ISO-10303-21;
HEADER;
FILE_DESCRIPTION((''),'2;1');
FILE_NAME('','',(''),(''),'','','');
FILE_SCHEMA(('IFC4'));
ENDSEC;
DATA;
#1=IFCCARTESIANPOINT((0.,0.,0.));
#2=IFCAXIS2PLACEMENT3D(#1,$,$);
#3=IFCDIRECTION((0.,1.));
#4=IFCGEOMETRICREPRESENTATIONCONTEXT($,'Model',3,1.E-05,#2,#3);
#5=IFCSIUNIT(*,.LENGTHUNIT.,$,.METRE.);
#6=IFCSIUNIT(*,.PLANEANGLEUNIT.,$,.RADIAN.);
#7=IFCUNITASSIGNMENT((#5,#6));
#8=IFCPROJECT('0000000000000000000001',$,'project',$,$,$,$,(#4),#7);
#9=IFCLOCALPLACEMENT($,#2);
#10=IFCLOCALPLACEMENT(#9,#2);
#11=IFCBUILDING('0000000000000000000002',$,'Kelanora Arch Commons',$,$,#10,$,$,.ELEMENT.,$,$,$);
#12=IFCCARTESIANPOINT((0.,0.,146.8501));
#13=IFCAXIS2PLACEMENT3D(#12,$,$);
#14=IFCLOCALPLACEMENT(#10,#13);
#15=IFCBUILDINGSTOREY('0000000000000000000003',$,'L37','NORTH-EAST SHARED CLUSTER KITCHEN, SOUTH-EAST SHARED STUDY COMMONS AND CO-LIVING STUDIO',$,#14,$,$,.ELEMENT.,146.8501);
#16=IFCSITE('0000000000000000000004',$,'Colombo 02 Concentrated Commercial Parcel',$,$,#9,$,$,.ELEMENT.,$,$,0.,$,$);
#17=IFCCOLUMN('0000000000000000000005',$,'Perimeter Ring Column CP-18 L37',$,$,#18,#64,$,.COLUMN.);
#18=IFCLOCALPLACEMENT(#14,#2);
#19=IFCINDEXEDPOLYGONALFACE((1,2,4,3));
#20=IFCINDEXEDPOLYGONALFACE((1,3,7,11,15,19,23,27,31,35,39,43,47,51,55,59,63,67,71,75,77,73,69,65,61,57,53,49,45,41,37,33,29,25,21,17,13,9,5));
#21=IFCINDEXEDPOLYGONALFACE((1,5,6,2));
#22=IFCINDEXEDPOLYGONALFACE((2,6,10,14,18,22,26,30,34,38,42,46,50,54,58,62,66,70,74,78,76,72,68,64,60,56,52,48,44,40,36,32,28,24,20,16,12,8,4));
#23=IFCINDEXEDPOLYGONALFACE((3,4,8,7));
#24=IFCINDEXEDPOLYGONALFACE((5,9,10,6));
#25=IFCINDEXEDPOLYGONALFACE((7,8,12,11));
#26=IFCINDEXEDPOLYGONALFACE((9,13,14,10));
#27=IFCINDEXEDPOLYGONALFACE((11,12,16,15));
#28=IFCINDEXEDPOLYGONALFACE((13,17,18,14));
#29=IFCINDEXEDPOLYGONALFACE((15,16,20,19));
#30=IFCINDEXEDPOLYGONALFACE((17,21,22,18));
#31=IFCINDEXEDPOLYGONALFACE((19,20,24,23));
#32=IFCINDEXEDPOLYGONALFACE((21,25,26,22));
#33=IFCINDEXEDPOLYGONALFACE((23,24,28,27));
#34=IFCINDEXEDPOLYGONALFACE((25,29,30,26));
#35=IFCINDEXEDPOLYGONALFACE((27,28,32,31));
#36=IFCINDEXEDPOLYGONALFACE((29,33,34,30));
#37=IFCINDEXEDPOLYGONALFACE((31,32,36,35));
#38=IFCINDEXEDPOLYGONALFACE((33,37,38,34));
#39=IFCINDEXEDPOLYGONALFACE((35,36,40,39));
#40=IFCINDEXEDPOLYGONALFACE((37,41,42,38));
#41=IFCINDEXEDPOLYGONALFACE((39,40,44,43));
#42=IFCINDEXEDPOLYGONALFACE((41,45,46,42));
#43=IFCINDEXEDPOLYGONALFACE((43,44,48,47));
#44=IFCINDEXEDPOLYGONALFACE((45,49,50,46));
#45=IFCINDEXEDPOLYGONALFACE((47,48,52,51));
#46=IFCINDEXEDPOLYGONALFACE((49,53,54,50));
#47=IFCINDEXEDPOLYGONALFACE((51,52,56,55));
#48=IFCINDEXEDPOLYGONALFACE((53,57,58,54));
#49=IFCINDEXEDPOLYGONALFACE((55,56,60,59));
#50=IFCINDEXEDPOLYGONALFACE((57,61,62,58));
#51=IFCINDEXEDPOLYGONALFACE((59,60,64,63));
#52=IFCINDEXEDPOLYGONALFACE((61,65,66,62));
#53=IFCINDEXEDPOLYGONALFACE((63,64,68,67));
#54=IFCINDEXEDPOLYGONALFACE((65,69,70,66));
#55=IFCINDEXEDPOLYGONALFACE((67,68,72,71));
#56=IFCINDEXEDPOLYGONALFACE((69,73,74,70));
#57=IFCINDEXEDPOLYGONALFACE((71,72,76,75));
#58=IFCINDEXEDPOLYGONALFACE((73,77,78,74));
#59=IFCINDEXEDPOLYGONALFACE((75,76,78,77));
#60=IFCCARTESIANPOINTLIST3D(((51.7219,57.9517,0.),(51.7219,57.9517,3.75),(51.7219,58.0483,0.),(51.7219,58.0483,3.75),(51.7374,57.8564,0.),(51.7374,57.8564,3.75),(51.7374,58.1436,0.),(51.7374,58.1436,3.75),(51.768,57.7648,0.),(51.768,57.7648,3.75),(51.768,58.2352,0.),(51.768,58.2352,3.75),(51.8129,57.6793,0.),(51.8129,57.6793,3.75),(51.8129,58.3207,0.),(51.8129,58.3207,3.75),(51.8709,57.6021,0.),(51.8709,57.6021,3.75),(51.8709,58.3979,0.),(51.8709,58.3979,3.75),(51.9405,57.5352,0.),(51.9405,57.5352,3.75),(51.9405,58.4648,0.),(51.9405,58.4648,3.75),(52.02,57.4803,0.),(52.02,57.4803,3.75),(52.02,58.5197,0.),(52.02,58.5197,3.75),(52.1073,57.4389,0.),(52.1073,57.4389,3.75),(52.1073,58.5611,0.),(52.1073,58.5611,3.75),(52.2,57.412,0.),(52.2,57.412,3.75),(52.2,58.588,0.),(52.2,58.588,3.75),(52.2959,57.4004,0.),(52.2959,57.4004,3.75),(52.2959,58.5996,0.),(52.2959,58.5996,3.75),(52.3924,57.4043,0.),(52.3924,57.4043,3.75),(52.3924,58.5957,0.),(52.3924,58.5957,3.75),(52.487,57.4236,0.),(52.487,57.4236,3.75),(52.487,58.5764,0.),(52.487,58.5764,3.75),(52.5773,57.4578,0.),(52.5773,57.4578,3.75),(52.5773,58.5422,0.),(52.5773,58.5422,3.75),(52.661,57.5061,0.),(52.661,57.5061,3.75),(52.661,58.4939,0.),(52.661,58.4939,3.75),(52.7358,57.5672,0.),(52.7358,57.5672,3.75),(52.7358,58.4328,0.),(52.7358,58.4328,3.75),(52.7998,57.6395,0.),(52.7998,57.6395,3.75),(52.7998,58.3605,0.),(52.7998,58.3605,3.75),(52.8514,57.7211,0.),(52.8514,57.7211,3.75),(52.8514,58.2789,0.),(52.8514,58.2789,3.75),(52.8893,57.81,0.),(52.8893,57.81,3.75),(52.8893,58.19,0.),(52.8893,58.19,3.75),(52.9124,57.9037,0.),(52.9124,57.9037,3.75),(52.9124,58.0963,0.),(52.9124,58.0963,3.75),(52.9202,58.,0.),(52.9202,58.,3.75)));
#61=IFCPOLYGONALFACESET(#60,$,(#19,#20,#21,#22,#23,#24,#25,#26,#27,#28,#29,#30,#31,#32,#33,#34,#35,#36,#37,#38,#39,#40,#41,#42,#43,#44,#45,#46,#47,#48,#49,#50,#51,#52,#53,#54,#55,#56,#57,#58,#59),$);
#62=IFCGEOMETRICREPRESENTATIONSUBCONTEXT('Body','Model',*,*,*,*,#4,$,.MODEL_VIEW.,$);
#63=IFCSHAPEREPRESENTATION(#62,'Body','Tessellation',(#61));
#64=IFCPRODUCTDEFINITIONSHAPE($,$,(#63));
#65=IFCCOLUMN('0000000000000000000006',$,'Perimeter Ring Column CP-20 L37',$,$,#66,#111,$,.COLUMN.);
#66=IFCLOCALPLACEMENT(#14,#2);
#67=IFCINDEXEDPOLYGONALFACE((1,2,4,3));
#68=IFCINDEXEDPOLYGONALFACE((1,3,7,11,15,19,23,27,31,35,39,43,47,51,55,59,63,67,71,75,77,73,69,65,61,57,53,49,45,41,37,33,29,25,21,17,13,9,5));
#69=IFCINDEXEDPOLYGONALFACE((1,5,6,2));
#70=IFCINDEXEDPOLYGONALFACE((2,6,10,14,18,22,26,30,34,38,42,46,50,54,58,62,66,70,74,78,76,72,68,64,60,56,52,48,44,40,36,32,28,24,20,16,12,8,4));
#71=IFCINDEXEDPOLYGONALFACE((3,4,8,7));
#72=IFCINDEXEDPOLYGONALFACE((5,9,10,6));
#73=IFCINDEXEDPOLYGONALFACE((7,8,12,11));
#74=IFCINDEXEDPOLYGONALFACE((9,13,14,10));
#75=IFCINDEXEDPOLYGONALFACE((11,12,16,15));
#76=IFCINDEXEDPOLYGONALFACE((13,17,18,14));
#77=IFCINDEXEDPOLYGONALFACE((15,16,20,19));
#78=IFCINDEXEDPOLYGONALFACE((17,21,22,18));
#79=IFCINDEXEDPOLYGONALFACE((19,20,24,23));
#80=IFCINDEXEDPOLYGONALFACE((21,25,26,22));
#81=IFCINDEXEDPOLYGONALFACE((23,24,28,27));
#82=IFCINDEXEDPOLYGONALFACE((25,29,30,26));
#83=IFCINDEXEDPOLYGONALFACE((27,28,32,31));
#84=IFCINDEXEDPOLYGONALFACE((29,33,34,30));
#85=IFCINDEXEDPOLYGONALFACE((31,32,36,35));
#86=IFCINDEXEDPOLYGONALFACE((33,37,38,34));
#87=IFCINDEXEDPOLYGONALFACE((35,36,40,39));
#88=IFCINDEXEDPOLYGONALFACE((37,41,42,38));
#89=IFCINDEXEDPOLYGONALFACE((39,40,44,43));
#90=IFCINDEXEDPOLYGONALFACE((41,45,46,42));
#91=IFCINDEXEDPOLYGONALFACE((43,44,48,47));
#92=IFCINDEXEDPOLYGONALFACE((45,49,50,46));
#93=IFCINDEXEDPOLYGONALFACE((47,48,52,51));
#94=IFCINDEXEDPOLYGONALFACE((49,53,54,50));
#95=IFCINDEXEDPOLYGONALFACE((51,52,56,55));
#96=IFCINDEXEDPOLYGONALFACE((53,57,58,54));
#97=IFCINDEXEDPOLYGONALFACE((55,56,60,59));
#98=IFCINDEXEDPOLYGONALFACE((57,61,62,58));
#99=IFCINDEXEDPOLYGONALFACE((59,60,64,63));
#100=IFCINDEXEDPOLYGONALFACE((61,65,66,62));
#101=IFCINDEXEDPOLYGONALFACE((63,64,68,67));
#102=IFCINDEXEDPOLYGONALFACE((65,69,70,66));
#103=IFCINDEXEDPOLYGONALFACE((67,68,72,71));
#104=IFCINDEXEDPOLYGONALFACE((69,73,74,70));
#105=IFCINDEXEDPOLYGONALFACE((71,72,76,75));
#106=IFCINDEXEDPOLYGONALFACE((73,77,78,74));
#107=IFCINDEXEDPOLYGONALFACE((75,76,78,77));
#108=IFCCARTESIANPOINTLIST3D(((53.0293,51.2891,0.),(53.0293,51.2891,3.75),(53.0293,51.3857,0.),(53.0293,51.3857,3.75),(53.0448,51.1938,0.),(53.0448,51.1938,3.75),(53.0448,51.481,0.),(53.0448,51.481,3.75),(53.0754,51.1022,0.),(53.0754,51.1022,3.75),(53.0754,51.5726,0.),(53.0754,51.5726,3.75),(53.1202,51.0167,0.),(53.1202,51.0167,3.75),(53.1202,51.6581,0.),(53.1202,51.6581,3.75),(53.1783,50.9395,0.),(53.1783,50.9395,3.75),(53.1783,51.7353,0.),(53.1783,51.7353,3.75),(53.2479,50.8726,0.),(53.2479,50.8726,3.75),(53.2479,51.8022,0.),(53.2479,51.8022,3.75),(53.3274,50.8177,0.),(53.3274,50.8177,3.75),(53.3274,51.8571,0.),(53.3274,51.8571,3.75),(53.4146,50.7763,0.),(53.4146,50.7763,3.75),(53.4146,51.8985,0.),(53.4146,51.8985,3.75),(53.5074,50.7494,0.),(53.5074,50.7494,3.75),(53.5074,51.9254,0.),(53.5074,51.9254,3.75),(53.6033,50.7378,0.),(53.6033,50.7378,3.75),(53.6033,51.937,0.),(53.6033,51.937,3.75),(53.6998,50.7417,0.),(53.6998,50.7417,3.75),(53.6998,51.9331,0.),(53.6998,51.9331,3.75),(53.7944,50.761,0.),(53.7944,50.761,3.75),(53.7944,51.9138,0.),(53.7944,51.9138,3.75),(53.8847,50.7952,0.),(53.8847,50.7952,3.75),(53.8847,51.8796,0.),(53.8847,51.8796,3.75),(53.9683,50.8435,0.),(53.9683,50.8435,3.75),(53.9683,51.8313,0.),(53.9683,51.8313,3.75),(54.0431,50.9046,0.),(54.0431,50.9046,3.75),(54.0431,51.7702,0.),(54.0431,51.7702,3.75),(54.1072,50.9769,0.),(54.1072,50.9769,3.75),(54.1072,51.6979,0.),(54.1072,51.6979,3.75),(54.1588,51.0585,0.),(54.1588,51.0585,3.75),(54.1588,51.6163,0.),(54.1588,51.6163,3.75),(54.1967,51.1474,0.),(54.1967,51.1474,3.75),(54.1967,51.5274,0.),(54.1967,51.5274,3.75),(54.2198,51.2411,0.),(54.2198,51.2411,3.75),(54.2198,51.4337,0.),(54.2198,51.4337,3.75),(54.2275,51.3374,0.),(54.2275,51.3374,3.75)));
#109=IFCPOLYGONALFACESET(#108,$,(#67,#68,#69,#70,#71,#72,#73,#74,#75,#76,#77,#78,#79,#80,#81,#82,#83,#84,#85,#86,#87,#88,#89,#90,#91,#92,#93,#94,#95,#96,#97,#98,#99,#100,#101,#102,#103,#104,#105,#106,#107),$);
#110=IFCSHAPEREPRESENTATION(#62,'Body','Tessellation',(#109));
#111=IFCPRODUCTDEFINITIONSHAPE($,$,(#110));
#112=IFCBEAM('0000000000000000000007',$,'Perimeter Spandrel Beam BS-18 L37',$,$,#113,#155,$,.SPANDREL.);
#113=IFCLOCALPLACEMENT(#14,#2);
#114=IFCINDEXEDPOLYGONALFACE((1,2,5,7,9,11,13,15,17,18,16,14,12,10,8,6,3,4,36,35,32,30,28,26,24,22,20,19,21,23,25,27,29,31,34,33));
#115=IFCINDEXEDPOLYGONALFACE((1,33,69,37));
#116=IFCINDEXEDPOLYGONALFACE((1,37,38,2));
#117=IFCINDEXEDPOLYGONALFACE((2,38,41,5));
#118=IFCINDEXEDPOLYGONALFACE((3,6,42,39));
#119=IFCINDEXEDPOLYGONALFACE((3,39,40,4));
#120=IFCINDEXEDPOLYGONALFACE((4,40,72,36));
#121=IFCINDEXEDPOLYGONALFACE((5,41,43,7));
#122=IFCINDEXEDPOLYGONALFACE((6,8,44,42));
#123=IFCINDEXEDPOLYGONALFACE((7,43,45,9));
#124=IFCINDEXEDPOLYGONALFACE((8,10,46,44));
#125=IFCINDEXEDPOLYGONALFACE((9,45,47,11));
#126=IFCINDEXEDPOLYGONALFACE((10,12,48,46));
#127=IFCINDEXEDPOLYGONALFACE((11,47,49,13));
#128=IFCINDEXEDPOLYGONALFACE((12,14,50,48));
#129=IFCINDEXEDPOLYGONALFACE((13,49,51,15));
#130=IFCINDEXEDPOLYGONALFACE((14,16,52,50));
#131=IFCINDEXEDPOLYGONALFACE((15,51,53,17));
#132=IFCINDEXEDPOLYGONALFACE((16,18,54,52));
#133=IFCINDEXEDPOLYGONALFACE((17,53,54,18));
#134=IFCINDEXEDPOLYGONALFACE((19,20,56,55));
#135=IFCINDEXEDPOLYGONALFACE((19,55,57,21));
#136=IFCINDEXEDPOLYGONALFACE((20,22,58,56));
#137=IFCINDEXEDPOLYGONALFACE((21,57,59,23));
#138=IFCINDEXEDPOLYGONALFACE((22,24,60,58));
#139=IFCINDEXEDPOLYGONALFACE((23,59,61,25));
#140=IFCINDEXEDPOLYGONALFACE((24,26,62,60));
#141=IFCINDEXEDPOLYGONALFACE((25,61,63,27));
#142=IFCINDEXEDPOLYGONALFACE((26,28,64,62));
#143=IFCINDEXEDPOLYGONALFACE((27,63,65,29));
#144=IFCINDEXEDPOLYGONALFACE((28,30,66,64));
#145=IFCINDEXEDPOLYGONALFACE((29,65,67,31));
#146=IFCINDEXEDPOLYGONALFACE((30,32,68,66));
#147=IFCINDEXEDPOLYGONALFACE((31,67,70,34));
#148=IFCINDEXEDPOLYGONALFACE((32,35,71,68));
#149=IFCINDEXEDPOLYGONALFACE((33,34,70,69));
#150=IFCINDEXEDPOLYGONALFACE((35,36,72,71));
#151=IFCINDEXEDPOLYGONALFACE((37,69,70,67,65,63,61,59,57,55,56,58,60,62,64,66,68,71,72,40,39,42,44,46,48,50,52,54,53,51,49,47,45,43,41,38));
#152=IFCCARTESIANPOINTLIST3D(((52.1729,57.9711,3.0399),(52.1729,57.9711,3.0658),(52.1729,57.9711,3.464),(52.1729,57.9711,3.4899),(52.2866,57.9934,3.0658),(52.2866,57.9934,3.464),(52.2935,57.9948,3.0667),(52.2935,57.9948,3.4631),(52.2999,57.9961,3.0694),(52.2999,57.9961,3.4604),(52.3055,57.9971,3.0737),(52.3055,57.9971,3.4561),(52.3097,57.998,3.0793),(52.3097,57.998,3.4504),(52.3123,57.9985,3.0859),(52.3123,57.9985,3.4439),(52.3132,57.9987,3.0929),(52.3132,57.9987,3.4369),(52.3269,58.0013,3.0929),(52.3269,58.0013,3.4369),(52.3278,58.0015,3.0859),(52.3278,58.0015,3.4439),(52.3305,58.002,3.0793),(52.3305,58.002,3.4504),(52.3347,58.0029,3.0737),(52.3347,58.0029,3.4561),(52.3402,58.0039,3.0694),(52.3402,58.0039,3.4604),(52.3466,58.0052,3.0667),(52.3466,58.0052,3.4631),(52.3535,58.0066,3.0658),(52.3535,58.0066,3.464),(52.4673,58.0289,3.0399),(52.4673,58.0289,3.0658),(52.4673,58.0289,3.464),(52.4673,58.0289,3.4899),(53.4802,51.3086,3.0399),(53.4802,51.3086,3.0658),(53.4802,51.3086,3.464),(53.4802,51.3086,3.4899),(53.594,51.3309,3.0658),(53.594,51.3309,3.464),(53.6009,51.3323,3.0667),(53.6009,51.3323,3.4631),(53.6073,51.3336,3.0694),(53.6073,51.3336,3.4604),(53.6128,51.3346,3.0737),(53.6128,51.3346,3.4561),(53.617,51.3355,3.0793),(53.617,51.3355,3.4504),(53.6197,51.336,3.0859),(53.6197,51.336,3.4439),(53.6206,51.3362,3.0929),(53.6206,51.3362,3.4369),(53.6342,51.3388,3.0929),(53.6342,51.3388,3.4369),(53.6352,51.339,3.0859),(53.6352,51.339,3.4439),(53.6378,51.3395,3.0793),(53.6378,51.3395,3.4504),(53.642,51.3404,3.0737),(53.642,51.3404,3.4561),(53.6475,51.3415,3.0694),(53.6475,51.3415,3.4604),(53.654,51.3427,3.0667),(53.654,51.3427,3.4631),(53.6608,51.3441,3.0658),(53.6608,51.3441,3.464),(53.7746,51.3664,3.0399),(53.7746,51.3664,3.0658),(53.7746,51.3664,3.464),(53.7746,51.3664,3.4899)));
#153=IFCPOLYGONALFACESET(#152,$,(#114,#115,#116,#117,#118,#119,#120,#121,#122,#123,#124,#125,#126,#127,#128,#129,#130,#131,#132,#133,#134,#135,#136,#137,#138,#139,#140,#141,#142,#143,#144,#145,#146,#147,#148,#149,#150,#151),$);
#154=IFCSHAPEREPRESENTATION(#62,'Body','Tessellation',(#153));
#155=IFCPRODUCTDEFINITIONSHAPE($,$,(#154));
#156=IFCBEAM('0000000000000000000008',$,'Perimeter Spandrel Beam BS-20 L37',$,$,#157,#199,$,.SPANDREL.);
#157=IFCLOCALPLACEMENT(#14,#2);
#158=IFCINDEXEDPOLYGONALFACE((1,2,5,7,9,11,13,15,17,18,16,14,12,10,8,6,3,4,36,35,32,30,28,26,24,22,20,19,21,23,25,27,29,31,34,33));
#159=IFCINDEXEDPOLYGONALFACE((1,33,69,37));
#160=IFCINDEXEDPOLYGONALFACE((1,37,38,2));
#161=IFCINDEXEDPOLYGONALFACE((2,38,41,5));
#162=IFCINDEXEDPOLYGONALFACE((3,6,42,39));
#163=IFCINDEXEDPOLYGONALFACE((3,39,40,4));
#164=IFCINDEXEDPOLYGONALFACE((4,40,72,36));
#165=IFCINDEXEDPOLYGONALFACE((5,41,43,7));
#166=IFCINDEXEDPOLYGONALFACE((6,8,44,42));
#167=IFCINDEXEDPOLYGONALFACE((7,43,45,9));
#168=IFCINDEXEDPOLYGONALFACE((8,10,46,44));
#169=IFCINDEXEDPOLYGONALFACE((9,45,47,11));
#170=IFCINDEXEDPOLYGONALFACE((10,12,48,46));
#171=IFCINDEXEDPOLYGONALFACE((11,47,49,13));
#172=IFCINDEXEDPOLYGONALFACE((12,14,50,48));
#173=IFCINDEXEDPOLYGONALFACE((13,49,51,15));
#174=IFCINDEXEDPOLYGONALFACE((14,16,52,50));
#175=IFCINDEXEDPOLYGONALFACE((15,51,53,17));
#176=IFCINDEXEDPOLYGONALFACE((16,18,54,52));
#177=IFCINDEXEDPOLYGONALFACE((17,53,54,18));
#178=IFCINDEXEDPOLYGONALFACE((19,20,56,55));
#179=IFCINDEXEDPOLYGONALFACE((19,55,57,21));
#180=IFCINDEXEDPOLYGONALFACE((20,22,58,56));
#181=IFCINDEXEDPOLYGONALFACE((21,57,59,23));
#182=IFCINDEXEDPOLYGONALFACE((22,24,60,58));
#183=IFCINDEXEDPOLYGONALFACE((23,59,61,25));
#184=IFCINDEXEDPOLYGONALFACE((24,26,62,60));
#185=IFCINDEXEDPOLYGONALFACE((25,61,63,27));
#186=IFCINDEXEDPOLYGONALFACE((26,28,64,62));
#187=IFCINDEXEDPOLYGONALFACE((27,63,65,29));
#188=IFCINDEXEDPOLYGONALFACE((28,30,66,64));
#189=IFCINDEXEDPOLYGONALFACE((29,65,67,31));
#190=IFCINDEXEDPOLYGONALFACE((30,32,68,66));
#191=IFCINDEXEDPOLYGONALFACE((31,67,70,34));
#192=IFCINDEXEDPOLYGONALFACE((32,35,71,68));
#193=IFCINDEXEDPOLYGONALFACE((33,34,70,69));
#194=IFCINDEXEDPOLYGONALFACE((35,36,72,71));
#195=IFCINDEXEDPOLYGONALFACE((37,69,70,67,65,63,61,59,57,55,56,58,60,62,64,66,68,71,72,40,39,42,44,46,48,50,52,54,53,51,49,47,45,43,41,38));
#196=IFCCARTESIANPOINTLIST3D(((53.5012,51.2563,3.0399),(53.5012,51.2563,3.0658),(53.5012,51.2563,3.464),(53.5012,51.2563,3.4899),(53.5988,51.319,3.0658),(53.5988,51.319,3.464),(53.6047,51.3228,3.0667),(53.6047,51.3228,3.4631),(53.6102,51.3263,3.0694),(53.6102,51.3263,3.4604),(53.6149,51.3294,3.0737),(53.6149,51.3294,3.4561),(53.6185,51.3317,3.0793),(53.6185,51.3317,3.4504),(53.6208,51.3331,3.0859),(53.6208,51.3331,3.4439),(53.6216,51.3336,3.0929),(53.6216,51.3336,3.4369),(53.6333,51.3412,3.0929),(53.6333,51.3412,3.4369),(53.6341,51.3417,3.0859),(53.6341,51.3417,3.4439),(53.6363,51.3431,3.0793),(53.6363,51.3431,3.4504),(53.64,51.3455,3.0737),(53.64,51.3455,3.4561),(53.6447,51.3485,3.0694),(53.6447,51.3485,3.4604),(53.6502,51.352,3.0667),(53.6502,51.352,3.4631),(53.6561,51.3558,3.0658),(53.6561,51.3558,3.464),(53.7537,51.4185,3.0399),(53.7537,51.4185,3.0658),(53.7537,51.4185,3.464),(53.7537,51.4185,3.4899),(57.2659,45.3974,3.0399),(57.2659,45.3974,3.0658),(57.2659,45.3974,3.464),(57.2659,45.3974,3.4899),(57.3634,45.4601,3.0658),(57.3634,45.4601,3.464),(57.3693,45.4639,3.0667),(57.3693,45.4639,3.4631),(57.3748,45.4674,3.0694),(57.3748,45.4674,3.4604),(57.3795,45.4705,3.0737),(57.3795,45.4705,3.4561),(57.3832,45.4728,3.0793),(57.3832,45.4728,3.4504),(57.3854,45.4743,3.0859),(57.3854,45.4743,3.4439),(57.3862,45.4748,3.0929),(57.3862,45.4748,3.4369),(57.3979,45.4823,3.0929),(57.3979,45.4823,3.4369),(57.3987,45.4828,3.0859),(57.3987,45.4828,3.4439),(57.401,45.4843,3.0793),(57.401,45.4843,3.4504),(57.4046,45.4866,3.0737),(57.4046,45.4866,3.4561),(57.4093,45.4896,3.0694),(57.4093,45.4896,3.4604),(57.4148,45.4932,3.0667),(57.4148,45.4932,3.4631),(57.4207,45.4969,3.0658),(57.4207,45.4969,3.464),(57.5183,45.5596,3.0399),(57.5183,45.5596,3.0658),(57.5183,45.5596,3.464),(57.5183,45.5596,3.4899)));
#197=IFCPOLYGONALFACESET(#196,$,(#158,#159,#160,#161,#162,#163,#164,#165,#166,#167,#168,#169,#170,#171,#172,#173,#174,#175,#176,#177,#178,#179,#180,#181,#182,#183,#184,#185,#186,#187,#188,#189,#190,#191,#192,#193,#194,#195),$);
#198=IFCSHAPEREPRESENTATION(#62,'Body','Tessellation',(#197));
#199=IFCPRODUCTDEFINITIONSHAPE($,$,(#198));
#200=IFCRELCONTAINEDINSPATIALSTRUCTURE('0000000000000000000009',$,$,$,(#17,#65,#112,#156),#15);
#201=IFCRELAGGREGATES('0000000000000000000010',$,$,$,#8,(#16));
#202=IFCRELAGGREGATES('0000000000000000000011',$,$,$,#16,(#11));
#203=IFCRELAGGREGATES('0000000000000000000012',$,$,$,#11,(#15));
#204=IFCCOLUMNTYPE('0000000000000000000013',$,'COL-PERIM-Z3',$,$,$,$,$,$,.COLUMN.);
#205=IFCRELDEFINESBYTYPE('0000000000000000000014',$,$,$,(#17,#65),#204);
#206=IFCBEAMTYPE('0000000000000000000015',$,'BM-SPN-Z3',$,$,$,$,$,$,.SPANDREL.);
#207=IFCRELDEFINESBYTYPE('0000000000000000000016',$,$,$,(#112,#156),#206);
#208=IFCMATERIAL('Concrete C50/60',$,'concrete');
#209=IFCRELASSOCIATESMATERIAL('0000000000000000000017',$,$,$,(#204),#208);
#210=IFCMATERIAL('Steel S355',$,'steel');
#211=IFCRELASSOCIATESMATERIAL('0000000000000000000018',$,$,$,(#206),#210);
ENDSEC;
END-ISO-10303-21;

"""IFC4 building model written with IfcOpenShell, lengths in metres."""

from ifc_helpers import new_model, si_unit, direction, frame, origin, origin_2d, place, context, subcontext, project, spatial, circle, i_section, extrude, material, material_profile, profile_set, type_object, element, save


model = new_model("IFC4")

# Units and contexts
model_context = context("Model", 3, precision=1e-05, world=origin(), true_north=direction((0.0, 1.0)))
body_context = subcontext(model_context, "Body", "Model", "MODEL_VIEW")
ifc_project = project(units=[si_unit("LENGTHUNIT", "METRE"), si_unit("PLANEANGLEUNIT", "RADIAN")], contexts=[model_context])

# Site, building, storey
site_placement = place(None, origin())
site = spatial("IfcSite", under=ifc_project, at=site_placement, Name="Colombo 02 Concentrated Commercial Parcel", CompositionType="ELEMENT", RefElevation=0.0)
building_placement = place(site_placement, origin())
building = spatial("IfcBuilding", under=site, at=building_placement, Name="Kelanora Arch Commons", CompositionType="ELEMENT")
storey_placement = place(building_placement, frame((0.0, 0.0, 146.8501)))
storey = spatial("IfcBuildingStorey", under=building, at=storey_placement, Name="L37", Description="NORTH-EAST SHARED CLUSTER KITCHEN, SOUTH-EAST SHARED STUDY COMMONS AND CO-LIVING STUDIO", CompositionType="ELEMENT", Elevation=146.8501)

# Columns
ifc_material_1 = material(Name="Concrete C50/60", Category="concrete")
ifc_material_profile_1 = material_profile(ifc_material_1, circle(Radius=0.6001, at=origin_2d()), Name="RCC1200")
ifc_profile_set_1 = profile_set([ifc_material_profile_1], Name="Concrete C50/60")
column_type = type_object("IfcColumnType", Name="COL-PERIM-Z3", PredefinedType="COLUMN", material=ifc_profile_set_1)
for number, where, z_axis, x_axis, name in (
    (1, (52.3201, 58.0, 0.0), (0.0, 0.0, 1.0), (1.0, 0.0, 0.0), "Perimeter Ring Column CP-18 L37"),
    (2, (53.6274, 51.3374, 0.0), (0.0, 0.0, 1.0), (1.0, 0.0, 0.0), "Perimeter Ring Column CP-20 L37"),
):
    element("IfcColumn", number, at=place(storey_placement, frame(where, z_axis=z_axis, x_axis=x_axis)), inside=storey, type_object=column_type, Name=name, PredefinedType="COLUMN", context=body_context, shape_type="SweptSolid", body=[
        extrude(circle(Radius=0.6001, at=origin_2d()), origin(), (0.0, 0.0, 1.0), 3.75),
    ])

# Beams
ifc_material_2 = material(Name="Steel S355", Category="steel")
ifc_material_profile_2 = material_profile(ifc_material_2, i_section(OverallWidth=0.3, OverallDepth=0.45, WebThickness=0.0139, FlangeThickness=0.0259, FilletRadius=0.0271, at=origin_2d()), Name="HEB450")
ifc_profile_set_2 = profile_set([ifc_material_profile_2], Name="Steel S355")
beam_type = type_object("IfcBeamType", Name="BM-SPN-Z3", PredefinedType="SPANDREL", material=ifc_profile_set_2)
beam_1_placement = place(storey_placement, frame((52.3201, 58.0, 3.2649), z_axis=(0.192554, -0.981286, 0.0), x_axis=(0.981286, 0.192554, 0.0)))
element("IfcBeam", 3, at=beam_1_placement, inside=storey, type_object=beam_type, Name="Perimeter Spandrel Beam BS-18 L37", PredefinedType="SPANDREL", context=body_context, shape_type="SweptSolid", body=[
    extrude(i_section(OverallWidth=0.3, OverallDepth=0.45, WebThickness=0.0139, FlangeThickness=0.0259, FilletRadius=0.0271, at=origin_2d()), origin(), (0.0, 0.0, 1.0), 6.7896),
])
beam_2_placement = place(storey_placement, frame((53.6274, 51.3374, 3.2649), z_axis=(0.540577, -0.841295, 0.0), x_axis=(0.841295, 0.540577, 0.0)))
element("IfcBeam", 4, at=beam_2_placement, inside=storey, type_object=beam_type, Name="Perimeter Spandrel Beam BS-20 L37", PredefinedType="SPANDREL", context=body_context, shape_type="SweptSolid", body=[
    extrude(i_section(OverallWidth=0.3, OverallDepth=0.45, WebThickness=0.0139, FlangeThickness=0.0259, FilletRadius=0.0271, at=origin_2d()), origin(), (0.0, 0.0, 1.0), 6.9641),
])

save(model, "model.ifc")
